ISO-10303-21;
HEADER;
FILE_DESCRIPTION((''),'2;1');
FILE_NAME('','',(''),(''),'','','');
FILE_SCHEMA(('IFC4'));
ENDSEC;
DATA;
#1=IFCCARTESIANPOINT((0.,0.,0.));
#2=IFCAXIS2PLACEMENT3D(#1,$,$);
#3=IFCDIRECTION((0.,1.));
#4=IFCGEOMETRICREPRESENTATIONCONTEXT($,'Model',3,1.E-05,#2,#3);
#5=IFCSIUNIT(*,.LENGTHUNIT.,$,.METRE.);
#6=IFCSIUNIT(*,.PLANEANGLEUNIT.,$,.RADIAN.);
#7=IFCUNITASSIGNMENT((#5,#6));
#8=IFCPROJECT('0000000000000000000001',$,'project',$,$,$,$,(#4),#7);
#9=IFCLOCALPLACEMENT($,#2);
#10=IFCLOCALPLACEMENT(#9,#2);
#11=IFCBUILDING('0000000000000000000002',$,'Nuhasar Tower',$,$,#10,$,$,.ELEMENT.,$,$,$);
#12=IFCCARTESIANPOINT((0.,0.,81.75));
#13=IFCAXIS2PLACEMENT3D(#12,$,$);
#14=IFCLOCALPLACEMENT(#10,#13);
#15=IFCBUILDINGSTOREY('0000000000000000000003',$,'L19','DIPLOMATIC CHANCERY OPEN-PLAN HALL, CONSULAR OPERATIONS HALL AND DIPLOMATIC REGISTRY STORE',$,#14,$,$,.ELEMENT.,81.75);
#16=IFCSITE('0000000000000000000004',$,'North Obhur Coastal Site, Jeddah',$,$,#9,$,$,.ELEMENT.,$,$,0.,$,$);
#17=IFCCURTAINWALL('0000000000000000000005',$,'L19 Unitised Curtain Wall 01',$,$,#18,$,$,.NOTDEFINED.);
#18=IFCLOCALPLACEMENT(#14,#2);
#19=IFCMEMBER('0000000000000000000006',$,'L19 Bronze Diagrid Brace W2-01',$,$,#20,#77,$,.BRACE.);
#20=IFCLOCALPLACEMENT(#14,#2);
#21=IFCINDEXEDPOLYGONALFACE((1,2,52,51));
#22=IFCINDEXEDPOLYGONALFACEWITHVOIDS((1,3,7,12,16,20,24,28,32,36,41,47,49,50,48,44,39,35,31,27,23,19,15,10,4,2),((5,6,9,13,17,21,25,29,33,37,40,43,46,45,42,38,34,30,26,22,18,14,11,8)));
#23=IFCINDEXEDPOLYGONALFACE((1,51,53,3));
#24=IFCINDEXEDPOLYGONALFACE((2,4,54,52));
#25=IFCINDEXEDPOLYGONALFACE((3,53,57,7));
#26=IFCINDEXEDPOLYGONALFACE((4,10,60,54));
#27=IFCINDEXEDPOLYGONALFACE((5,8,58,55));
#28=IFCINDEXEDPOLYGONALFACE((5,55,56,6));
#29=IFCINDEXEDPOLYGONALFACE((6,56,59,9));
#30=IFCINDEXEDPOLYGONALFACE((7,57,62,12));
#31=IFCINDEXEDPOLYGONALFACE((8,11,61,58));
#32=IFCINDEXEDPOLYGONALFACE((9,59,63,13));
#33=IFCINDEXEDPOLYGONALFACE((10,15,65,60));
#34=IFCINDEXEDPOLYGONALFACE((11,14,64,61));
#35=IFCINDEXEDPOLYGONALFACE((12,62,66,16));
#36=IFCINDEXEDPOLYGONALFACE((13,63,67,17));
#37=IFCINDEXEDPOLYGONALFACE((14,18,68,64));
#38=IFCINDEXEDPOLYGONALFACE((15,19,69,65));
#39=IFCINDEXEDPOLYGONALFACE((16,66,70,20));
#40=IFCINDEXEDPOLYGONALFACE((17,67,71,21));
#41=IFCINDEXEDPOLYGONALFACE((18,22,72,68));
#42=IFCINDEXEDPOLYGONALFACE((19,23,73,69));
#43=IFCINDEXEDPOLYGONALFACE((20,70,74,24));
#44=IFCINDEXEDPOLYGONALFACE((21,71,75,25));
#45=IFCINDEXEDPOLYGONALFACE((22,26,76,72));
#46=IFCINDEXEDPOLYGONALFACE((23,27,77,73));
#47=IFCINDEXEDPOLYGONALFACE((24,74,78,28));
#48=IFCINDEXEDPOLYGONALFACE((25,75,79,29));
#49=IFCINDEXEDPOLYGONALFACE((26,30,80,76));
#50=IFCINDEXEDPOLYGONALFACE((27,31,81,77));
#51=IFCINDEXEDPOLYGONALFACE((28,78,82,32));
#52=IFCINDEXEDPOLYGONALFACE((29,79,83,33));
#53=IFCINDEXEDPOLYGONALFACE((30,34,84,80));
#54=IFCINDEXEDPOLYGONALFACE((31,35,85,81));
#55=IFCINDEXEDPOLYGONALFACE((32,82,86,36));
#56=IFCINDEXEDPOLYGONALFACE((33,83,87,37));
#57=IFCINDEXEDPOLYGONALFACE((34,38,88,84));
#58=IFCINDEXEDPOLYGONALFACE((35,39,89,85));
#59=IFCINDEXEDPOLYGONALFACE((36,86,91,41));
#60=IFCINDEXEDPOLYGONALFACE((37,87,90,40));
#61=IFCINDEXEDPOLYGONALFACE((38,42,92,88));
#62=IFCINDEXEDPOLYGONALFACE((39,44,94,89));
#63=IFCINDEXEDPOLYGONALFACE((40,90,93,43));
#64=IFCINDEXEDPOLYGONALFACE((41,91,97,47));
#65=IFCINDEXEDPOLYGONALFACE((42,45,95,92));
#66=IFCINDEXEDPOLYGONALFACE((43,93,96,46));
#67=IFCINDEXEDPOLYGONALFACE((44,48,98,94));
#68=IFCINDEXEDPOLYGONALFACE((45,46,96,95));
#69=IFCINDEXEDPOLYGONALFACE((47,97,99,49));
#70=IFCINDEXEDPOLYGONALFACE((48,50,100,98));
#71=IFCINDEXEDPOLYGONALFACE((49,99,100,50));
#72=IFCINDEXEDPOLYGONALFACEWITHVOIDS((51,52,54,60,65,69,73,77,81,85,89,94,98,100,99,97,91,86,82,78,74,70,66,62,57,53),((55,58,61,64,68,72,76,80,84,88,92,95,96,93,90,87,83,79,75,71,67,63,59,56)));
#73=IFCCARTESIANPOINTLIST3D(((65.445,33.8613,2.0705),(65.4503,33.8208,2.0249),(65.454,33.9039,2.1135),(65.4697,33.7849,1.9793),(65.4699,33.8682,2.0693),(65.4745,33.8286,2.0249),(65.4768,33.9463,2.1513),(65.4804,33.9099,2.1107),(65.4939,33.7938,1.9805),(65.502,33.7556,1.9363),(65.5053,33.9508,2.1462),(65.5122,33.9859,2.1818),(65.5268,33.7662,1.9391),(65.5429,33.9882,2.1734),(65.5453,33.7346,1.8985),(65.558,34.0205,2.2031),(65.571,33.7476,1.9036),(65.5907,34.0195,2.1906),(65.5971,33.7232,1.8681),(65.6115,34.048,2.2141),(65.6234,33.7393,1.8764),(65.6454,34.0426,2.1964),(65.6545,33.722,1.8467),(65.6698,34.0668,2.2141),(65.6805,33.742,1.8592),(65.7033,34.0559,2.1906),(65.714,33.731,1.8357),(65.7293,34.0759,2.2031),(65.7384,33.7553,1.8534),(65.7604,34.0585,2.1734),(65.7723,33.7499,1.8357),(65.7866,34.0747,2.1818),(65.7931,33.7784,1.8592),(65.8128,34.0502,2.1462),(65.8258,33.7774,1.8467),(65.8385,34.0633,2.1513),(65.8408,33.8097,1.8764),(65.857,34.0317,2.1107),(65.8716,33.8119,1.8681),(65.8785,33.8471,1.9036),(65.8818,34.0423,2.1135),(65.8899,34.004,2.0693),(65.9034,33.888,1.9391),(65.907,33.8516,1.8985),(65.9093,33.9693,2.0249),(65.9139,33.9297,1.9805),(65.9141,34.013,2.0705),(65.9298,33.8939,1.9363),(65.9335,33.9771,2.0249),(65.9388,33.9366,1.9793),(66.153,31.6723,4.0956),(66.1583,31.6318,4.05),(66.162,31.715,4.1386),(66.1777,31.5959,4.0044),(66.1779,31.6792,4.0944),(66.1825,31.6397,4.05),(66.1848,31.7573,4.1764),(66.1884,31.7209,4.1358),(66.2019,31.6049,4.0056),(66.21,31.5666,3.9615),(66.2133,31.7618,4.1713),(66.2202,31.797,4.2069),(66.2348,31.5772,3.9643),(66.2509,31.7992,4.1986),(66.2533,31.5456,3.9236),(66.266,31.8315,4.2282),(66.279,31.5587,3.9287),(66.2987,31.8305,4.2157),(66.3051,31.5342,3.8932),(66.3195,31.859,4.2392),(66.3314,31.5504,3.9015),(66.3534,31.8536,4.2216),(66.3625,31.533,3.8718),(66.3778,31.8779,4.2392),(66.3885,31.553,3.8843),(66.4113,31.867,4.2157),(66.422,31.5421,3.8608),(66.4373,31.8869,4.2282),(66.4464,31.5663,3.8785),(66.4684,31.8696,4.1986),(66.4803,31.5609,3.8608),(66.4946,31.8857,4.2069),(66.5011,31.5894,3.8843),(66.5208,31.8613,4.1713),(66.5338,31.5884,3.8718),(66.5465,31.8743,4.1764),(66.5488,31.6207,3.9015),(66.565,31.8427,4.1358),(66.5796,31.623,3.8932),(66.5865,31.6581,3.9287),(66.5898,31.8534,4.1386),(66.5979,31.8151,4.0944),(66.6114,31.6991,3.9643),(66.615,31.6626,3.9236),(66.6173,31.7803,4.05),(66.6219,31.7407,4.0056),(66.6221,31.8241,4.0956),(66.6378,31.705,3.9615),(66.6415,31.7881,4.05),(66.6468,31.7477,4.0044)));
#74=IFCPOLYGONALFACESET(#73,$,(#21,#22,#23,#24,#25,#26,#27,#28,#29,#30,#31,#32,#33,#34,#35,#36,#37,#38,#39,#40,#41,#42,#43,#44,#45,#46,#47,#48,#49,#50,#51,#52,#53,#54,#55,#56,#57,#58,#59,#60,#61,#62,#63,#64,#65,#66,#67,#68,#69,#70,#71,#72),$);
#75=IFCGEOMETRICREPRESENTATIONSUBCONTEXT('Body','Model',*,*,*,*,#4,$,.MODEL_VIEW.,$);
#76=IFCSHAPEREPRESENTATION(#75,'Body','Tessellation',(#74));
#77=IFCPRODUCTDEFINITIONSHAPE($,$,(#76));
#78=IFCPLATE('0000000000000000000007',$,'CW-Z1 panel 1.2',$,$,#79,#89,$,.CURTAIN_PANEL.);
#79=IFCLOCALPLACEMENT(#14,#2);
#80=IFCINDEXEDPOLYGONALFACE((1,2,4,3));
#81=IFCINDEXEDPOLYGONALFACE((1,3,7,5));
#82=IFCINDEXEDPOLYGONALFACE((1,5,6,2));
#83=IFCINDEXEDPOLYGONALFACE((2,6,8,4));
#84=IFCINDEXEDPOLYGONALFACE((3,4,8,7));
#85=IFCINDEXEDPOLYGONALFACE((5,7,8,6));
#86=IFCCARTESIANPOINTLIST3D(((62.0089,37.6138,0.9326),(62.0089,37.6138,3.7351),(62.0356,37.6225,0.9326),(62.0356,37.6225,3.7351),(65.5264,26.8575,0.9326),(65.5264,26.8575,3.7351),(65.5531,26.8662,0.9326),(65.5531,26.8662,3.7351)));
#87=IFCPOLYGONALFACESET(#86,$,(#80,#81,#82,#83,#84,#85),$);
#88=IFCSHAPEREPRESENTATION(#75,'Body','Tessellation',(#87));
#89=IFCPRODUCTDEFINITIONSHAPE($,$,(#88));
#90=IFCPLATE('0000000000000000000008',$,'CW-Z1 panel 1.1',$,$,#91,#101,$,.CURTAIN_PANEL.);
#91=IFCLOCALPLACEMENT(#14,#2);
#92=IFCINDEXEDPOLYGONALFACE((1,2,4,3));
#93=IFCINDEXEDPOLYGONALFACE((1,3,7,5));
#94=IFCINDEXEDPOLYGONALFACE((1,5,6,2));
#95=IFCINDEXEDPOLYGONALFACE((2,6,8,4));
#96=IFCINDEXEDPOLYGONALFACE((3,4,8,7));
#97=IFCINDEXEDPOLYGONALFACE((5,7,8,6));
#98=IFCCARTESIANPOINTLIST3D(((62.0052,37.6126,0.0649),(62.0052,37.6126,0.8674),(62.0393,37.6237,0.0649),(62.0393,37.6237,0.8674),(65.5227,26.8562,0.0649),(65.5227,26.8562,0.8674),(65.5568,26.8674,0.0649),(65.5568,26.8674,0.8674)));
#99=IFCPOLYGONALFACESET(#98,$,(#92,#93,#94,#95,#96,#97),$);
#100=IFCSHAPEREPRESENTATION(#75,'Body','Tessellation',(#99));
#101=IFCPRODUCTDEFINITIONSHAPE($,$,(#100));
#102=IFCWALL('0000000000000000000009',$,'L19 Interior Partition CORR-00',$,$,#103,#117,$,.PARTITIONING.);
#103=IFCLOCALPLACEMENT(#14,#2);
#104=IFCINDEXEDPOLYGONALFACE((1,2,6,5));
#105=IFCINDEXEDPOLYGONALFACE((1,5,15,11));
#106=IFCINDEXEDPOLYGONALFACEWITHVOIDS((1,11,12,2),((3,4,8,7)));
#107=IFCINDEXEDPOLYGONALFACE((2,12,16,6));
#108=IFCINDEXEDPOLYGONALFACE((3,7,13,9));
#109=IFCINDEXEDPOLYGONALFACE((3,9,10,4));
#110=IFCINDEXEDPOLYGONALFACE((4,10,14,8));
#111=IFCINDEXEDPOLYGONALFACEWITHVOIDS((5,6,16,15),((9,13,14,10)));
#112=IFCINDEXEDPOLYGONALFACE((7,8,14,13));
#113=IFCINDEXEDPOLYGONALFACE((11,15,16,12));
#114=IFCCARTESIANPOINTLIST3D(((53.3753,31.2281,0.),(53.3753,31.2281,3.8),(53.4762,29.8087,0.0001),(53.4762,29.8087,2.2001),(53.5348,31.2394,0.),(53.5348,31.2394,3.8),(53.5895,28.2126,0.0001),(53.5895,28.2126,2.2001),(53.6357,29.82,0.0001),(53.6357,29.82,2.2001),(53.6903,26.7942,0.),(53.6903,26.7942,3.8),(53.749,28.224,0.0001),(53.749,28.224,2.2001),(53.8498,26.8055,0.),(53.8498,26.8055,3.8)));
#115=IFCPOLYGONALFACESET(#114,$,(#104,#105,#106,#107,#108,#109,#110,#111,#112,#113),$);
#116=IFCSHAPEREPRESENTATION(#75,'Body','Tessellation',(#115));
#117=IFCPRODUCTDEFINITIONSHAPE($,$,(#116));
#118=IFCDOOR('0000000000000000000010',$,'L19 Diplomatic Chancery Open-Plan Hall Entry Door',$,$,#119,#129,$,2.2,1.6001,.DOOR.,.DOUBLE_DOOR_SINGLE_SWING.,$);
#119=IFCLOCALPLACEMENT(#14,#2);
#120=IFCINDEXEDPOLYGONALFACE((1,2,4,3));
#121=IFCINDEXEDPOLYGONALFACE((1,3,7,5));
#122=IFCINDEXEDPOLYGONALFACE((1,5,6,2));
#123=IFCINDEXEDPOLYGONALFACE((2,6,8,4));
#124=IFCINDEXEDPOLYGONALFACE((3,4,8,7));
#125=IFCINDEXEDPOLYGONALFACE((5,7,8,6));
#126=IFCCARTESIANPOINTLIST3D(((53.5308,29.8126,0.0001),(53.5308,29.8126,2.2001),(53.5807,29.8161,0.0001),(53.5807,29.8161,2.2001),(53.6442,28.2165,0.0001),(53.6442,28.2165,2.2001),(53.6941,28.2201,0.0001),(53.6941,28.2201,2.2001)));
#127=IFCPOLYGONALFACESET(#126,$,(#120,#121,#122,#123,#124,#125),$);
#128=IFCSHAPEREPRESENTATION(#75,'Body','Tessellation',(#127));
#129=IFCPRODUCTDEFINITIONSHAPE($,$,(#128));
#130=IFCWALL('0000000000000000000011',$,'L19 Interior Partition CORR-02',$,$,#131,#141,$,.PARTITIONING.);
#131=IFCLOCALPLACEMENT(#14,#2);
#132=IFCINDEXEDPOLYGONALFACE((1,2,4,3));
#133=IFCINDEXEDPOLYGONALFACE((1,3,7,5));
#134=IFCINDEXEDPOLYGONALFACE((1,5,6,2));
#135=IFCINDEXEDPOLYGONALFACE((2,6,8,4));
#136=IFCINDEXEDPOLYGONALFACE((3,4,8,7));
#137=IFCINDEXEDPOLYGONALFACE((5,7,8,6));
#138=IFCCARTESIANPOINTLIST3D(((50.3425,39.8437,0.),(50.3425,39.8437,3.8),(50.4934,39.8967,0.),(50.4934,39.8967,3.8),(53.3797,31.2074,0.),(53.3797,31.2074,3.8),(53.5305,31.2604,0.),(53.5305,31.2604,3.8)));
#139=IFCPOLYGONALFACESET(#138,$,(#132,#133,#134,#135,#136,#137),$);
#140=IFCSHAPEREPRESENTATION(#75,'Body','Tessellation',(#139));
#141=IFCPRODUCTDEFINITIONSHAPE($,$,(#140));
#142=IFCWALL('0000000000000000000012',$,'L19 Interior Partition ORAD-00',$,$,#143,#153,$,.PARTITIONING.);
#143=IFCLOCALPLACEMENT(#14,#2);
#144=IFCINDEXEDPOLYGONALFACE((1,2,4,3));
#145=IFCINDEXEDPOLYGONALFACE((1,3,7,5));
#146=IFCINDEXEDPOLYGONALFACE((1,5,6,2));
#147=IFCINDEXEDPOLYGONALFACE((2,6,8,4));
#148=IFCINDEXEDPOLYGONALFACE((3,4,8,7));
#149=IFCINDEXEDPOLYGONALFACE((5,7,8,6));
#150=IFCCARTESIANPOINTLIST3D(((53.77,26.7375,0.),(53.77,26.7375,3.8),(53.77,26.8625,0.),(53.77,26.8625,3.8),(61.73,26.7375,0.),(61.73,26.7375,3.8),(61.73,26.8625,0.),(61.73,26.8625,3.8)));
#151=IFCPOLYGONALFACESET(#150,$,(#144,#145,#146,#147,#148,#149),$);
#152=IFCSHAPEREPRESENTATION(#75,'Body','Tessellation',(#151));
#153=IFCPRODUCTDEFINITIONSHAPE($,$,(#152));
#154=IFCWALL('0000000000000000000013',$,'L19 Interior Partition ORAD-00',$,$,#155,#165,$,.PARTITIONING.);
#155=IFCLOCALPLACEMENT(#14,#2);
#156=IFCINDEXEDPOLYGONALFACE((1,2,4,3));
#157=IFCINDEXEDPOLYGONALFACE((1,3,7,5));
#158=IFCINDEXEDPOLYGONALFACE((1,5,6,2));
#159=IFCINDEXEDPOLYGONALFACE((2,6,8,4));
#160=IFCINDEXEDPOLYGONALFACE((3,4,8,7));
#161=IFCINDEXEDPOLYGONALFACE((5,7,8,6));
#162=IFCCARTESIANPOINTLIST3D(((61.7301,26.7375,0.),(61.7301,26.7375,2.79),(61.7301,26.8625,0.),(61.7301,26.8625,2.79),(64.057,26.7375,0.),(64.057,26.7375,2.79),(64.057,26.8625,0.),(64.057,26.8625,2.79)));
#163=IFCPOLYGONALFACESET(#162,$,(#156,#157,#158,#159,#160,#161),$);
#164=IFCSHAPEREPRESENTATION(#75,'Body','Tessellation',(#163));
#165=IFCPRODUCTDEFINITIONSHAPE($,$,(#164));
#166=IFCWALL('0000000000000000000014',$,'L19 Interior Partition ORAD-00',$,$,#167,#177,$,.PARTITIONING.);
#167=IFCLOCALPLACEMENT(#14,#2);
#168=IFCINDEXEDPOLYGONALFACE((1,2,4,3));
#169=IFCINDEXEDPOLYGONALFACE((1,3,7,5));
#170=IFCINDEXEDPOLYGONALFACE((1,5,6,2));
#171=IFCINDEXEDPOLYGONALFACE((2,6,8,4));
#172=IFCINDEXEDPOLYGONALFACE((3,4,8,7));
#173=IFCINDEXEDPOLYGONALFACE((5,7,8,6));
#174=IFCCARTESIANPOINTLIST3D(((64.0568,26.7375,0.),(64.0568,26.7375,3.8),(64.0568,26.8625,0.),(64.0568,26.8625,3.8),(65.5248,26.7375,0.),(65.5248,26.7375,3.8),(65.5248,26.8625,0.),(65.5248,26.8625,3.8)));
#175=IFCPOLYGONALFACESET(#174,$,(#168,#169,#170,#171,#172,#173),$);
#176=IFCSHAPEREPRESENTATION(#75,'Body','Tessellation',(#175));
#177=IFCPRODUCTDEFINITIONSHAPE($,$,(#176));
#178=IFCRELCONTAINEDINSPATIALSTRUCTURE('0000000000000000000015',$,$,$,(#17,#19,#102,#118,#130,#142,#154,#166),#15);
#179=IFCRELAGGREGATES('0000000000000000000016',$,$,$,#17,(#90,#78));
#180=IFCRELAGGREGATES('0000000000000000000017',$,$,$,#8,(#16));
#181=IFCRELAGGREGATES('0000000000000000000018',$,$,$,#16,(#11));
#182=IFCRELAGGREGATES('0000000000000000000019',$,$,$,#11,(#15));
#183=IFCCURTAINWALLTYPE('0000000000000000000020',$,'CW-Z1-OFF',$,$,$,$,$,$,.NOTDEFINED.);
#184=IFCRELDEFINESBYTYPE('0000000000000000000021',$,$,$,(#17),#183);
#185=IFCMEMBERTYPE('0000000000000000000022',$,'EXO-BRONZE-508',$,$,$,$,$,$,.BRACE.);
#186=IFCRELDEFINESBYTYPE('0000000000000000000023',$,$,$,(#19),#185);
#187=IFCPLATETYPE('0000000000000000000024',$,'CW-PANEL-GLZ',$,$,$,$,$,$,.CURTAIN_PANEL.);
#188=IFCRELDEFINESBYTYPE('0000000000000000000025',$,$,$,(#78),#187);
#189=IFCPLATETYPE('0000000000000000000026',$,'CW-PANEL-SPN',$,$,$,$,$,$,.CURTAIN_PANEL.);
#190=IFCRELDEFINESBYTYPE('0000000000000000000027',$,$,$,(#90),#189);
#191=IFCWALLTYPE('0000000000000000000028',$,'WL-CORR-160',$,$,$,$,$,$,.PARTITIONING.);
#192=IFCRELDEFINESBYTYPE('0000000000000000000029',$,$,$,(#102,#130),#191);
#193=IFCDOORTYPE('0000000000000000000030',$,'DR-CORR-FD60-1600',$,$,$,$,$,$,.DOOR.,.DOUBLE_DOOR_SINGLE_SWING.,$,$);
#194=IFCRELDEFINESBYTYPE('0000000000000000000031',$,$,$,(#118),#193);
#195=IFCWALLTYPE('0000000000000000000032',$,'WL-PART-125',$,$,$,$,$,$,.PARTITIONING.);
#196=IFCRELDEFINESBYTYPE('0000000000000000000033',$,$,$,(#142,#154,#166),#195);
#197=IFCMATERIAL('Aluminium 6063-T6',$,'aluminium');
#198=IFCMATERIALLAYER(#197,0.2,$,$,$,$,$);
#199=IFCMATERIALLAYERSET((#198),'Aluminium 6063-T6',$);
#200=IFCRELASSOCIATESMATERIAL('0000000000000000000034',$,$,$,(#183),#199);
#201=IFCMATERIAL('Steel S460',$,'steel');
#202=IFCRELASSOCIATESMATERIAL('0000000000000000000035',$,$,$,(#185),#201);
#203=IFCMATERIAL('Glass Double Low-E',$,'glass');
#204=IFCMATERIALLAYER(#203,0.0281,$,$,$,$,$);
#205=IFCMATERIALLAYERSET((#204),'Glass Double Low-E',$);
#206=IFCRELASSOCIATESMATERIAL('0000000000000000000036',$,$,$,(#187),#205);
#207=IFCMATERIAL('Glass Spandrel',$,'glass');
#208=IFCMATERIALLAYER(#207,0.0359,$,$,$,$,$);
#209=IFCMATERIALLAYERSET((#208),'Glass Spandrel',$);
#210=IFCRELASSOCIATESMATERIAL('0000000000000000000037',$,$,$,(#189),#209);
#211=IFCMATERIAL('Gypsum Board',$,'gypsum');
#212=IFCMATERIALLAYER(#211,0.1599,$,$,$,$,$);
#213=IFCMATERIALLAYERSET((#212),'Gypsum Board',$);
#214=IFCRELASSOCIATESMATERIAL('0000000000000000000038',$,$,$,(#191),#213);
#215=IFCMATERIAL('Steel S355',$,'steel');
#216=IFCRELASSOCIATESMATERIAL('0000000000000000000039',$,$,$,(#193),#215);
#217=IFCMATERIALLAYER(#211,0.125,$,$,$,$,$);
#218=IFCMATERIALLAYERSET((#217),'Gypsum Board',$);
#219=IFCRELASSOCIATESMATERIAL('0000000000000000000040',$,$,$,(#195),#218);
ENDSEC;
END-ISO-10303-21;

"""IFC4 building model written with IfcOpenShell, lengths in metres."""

from ifc_helpers import new_model, si_unit, direction, frame, frame_2d, origin, origin_2d, place, context, subcontext, project, spatial, rectangle, hollow_circle, extrude, material, layer, layer_set, material_profile, profile_set, type_object, element, fill, aggregate, save


model = new_model("IFC4")

# Units and contexts
model_context = context("Model", 3, precision=1e-05, world=origin(), true_north=direction((0.0, 1.0)))
body_context = subcontext(model_context, "Body", "Model", "MODEL_VIEW")
ifc_project = project(units=[si_unit("LENGTHUNIT", "METRE"), si_unit("PLANEANGLEUNIT", "RADIAN")], contexts=[model_context])

# Site, building, storey
site_placement = place(None, origin())
site = spatial("IfcSite", under=ifc_project, at=site_placement, Name="North Obhur Coastal Site, Jeddah", CompositionType="ELEMENT", RefElevation=0.0)
building_placement = place(site_placement, origin())
building = spatial("IfcBuilding", under=site, at=building_placement, Name="Nuhasar Tower", CompositionType="ELEMENT")
storey_placement = place(building_placement, frame((0.0, 0.0, 81.75)))
storey = spatial("IfcBuildingStorey", under=building, at=storey_placement, Name="L19", Description="DIPLOMATIC CHANCERY OPEN-PLAN HALL, CONSULAR OPERATIONS HALL AND DIPLOMATIC REGISTRY STORE", CompositionType="ELEMENT", Elevation=81.75)

# Shared definitions
ifc_material_1 = material(Name="Steel S355", Category="steel")

# Curtain wall
ifc_material_2 = material(Name="Aluminium 6063-T6", Category="aluminium")
ifc_layer_1 = layer(ifc_material_2, 0.2)
ifc_layer_set_1 = layer_set([ifc_layer_1], Name="Aluminium 6063-T6")
curtain_wall_type = type_object("IfcCurtainWallType", Name="CW-Z1-OFF", PredefinedType="NOTDEFINED", material=ifc_layer_set_1)
curtain_wall_1_placement = place(storey_placement, origin())
curtain_wall_1 = element("IfcCurtainWall", 1, at=curtain_wall_1_placement, inside=storey, type_object=curtain_wall_type, Name="L19 Unitised Curtain Wall 01", PredefinedType="NOTDEFINED")

# Member
ifc_material_3 = material(Name="Steel S460", Category="steel")
ifc_material_profile_1 = material_profile(ifc_material_3, hollow_circle(Radius=0.2539, WallThickness=0.0254, at=origin_2d()), Name="HSS508X25.4")
ifc_profile_set_1 = profile_set([ifc_material_profile_1], Name="Steel S460")
member_type_1 = type_object("IfcMemberType", Name="EXO-BRONZE-508", PredefinedType="BRACE", material=ifc_profile_set_1)
member_1_placement = place(storey_placement, frame((65.6919, 33.8989, 2.0249), z_axis=(0.231, -0.714187, 0.660739), x_axis=(0.951468, 0.307747, 0.0)))
element("IfcMember", 2, at=member_1_placement, inside=storey, type_object=member_type_1, Name="L19 Bronze Diagrid Brace W2-01", PredefinedType="BRACE", context=body_context, shape_type="SweptSolid", body=[
    extrude(hollow_circle(Radius=0.2539, WallThickness=0.0254, at=origin_2d()), origin(), (0.0, 0.0, 1.0), 3.0649),
])

# Plates
ifc_material_4 = material(Name="Glass Double Low-E", Category="glass")
ifc_layer_2 = layer(ifc_material_4, 0.0281)
ifc_layer_set_2 = layer_set([ifc_layer_2], Name="Glass Double Low-E")
plate_type_1 = type_object("IfcPlateType", Name="CW-PANEL-GLZ", PredefinedType="CURTAIN_PANEL", material=ifc_layer_set_2)
plate_1_placement = place(storey_placement, frame((63.781, 32.24, 0.9326), z_axis=(0.0, 0.0, 1.0), x_axis=(-0.310824, 0.950468, 0.0)))
plate_1 = element("IfcPlate", 3, at=plate_1_placement, type_object=plate_type_1, Name="CW-Z1 panel 1.2", PredefinedType="CURTAIN_PANEL", context=body_context, shape_type="SweptSolid", body=[
    extrude(rectangle(XDim=11.3169, YDim=0.0281, at=origin_2d()), origin(), (0.0, 0.0, 1.0), 2.8025),
])
ifc_material_5 = material(Name="Glass Spandrel", Category="glass")
ifc_layer_3 = layer(ifc_material_5, 0.0359)
ifc_layer_set_3 = layer_set([ifc_layer_3], Name="Glass Spandrel")
plate_type_2 = type_object("IfcPlateType", Name="CW-PANEL-SPN", PredefinedType="CURTAIN_PANEL", material=ifc_layer_set_3)
plate_2_placement = place(storey_placement, frame((63.781, 32.24, 0.0649), z_axis=(0.0, 0.0, 1.0), x_axis=(-0.310824, 0.950468, 0.0)))
plate_2 = element("IfcPlate", 4, at=plate_2_placement, type_object=plate_type_2, Name="CW-Z1 panel 1.1", PredefinedType="CURTAIN_PANEL", context=body_context, shape_type="SweptSolid", body=[
    extrude(rectangle(XDim=11.3169, YDim=0.0359, at=origin_2d()), origin(), (0.0, 0.0, 1.0), 0.8025),
])
aggregate(curtain_wall_1, [plate_2, plate_1])

# Wall, opening, door
ifc_material_6 = material(Name="Gypsum Board", Category="gypsum")
ifc_layer_4 = layer(ifc_material_6, 0.1599)
ifc_layer_set_4 = layer_set([ifc_layer_4], Name="Gypsum Board")
wall_type_1 = type_object("IfcWallType", Name="WL-CORR-160", PredefinedType="PARTITIONING", material=ifc_layer_set_4)
wall_1_placement = place(storey_placement, frame((53.4551, 31.2339, 0.0), z_axis=(0.0, 0.0, 1.0), x_axis=(0.070853, -0.997487, 0.0)))
wall_1 = element("IfcWall", 5, at=wall_1_placement, inside=storey, type_object=wall_type_1, Name="L19 Interior Partition CORR-00", PredefinedType="PARTITIONING", context=body_context, shape_type="SweptSolid", body=[
    extrude(rectangle(XDim=4.4451, YDim=0.1599, at=frame_2d((2.2227, 0.0))), origin(), (0.0, 0.0, 1.0), 3.8),
])
opening_placement = place(wall_1_placement, frame((1.4231, 0.0, 0.0)))
opening = element("IfcOpeningElement", 6, at=opening_placement, cuts=wall_1, PredefinedType="OPENING", context=body_context, shape_type="SweptSolid", body=[
    extrude(rectangle(XDim=1.6001, YDim=2.2, at=frame_2d((0.8, 1.1001))), frame((0.0, 0.0898, 0.0), z_axis=(0.0, -1.0, 0.0), x_axis=(1.0, 0.0, 0.0)), (0.0, 0.0, 1.0), 0.1799),
])
door_type = type_object("IfcDoorType", Name="DR-CORR-FD60-1600", OperationType="DOUBLE_DOOR_SINGLE_SWING", PredefinedType="DOOR", material=ifc_material_1)
door_placement = place(opening_placement, origin())
door = element("IfcDoor", 7, at=door_placement, inside=storey, type_object=door_type, Name="L19 Diplomatic Chancery Open-Plan Hall Entry Door", OperationType="DOUBLE_DOOR_SINGLE_SWING", OverallHeight=2.2, OverallWidth=1.6001, PredefinedType="DOOR", context=body_context, shape_type="SweptSolid", body=[
    extrude(rectangle(XDim=1.6001, YDim=2.2, at=frame_2d((0.8, 1.1001))), frame((0.0, 0.0249, 0.0), z_axis=(0.0, -1.0, 0.0), x_axis=(1.0, 0.0, 0.0)), (0.0, 0.0, 1.0), 0.05),
])
fill(opening, door)

# Walls
wall_2_placement = place(storey_placement, frame((53.4551, 31.2339, 0.0), z_axis=(0.0, 0.0, 1.0), x_axis=(-0.331754, 0.943366, 0.0)))
element("IfcWall", 8, at=wall_2_placement, inside=storey, type_object=wall_type_1, Name="L19 Interior Partition CORR-02", PredefinedType="PARTITIONING", context=body_context, shape_type="SweptSolid", body=[
    extrude(rectangle(XDim=9.1548, YDim=0.1599, at=frame_2d((4.5774, 0.0))), origin(), (0.0, 0.0, 1.0), 3.8),
])
ifc_layer_5 = layer(ifc_material_6, 0.125)
ifc_layer_set_5 = layer_set([ifc_layer_5], Name="Gypsum Board")
wall_type_2 = type_object("IfcWallType", Name="WL-PART-125", PredefinedType="PARTITIONING", material=ifc_layer_set_5)
wall_3_placement = place(storey_placement, frame((53.77, 26.8, 0.0), z_axis=(0.0, 0.0, 1.0), x_axis=(1.0, 0.0, 0.0)))
element("IfcWall", 9, at=wall_3_placement, inside=storey, type_object=wall_type_2, Name="L19 Interior Partition ORAD-00", PredefinedType="PARTITIONING", context=body_context, shape_type="SweptSolid", body=[
    extrude(rectangle(XDim=7.96, YDim=0.125, at=frame_2d((3.98, 0.0))), origin(), (0.0, 0.0, 1.0), 3.8),
])
wall_4_placement = place(storey_placement, frame((61.73, 26.8, 0.0), z_axis=(0.0, 0.0, 1.0), x_axis=(1.0, 0.0, 0.0)))
element("IfcWall", 10, at=wall_4_placement, inside=storey, type_object=wall_type_2, Name="L19 Interior Partition ORAD-00", PredefinedType="PARTITIONING", context=body_context, shape_type="SweptSolid", body=[
    extrude(rectangle(XDim=2.3269, YDim=0.125, at=frame_2d((1.1636, 0.0))), origin(), (0.0, 0.0, 1.0), 2.79),
])
wall_5_placement = place(storey_placement, frame((64.0569, 26.8, 0.0), z_axis=(0.0, 0.0, 1.0), x_axis=(1.0, 0.0, 0.0)))
element("IfcWall", 11, at=wall_5_placement, inside=storey, type_object=wall_type_2, Name="L19 Interior Partition ORAD-00", PredefinedType="PARTITIONING", context=body_context, shape_type="SweptSolid", body=[
    extrude(rectangle(XDim=1.468, YDim=0.125, at=frame_2d((0.7339, 0.0))), origin(), (0.0, 0.0, 1.0), 3.8),
])

save(model, "model.ifc")
